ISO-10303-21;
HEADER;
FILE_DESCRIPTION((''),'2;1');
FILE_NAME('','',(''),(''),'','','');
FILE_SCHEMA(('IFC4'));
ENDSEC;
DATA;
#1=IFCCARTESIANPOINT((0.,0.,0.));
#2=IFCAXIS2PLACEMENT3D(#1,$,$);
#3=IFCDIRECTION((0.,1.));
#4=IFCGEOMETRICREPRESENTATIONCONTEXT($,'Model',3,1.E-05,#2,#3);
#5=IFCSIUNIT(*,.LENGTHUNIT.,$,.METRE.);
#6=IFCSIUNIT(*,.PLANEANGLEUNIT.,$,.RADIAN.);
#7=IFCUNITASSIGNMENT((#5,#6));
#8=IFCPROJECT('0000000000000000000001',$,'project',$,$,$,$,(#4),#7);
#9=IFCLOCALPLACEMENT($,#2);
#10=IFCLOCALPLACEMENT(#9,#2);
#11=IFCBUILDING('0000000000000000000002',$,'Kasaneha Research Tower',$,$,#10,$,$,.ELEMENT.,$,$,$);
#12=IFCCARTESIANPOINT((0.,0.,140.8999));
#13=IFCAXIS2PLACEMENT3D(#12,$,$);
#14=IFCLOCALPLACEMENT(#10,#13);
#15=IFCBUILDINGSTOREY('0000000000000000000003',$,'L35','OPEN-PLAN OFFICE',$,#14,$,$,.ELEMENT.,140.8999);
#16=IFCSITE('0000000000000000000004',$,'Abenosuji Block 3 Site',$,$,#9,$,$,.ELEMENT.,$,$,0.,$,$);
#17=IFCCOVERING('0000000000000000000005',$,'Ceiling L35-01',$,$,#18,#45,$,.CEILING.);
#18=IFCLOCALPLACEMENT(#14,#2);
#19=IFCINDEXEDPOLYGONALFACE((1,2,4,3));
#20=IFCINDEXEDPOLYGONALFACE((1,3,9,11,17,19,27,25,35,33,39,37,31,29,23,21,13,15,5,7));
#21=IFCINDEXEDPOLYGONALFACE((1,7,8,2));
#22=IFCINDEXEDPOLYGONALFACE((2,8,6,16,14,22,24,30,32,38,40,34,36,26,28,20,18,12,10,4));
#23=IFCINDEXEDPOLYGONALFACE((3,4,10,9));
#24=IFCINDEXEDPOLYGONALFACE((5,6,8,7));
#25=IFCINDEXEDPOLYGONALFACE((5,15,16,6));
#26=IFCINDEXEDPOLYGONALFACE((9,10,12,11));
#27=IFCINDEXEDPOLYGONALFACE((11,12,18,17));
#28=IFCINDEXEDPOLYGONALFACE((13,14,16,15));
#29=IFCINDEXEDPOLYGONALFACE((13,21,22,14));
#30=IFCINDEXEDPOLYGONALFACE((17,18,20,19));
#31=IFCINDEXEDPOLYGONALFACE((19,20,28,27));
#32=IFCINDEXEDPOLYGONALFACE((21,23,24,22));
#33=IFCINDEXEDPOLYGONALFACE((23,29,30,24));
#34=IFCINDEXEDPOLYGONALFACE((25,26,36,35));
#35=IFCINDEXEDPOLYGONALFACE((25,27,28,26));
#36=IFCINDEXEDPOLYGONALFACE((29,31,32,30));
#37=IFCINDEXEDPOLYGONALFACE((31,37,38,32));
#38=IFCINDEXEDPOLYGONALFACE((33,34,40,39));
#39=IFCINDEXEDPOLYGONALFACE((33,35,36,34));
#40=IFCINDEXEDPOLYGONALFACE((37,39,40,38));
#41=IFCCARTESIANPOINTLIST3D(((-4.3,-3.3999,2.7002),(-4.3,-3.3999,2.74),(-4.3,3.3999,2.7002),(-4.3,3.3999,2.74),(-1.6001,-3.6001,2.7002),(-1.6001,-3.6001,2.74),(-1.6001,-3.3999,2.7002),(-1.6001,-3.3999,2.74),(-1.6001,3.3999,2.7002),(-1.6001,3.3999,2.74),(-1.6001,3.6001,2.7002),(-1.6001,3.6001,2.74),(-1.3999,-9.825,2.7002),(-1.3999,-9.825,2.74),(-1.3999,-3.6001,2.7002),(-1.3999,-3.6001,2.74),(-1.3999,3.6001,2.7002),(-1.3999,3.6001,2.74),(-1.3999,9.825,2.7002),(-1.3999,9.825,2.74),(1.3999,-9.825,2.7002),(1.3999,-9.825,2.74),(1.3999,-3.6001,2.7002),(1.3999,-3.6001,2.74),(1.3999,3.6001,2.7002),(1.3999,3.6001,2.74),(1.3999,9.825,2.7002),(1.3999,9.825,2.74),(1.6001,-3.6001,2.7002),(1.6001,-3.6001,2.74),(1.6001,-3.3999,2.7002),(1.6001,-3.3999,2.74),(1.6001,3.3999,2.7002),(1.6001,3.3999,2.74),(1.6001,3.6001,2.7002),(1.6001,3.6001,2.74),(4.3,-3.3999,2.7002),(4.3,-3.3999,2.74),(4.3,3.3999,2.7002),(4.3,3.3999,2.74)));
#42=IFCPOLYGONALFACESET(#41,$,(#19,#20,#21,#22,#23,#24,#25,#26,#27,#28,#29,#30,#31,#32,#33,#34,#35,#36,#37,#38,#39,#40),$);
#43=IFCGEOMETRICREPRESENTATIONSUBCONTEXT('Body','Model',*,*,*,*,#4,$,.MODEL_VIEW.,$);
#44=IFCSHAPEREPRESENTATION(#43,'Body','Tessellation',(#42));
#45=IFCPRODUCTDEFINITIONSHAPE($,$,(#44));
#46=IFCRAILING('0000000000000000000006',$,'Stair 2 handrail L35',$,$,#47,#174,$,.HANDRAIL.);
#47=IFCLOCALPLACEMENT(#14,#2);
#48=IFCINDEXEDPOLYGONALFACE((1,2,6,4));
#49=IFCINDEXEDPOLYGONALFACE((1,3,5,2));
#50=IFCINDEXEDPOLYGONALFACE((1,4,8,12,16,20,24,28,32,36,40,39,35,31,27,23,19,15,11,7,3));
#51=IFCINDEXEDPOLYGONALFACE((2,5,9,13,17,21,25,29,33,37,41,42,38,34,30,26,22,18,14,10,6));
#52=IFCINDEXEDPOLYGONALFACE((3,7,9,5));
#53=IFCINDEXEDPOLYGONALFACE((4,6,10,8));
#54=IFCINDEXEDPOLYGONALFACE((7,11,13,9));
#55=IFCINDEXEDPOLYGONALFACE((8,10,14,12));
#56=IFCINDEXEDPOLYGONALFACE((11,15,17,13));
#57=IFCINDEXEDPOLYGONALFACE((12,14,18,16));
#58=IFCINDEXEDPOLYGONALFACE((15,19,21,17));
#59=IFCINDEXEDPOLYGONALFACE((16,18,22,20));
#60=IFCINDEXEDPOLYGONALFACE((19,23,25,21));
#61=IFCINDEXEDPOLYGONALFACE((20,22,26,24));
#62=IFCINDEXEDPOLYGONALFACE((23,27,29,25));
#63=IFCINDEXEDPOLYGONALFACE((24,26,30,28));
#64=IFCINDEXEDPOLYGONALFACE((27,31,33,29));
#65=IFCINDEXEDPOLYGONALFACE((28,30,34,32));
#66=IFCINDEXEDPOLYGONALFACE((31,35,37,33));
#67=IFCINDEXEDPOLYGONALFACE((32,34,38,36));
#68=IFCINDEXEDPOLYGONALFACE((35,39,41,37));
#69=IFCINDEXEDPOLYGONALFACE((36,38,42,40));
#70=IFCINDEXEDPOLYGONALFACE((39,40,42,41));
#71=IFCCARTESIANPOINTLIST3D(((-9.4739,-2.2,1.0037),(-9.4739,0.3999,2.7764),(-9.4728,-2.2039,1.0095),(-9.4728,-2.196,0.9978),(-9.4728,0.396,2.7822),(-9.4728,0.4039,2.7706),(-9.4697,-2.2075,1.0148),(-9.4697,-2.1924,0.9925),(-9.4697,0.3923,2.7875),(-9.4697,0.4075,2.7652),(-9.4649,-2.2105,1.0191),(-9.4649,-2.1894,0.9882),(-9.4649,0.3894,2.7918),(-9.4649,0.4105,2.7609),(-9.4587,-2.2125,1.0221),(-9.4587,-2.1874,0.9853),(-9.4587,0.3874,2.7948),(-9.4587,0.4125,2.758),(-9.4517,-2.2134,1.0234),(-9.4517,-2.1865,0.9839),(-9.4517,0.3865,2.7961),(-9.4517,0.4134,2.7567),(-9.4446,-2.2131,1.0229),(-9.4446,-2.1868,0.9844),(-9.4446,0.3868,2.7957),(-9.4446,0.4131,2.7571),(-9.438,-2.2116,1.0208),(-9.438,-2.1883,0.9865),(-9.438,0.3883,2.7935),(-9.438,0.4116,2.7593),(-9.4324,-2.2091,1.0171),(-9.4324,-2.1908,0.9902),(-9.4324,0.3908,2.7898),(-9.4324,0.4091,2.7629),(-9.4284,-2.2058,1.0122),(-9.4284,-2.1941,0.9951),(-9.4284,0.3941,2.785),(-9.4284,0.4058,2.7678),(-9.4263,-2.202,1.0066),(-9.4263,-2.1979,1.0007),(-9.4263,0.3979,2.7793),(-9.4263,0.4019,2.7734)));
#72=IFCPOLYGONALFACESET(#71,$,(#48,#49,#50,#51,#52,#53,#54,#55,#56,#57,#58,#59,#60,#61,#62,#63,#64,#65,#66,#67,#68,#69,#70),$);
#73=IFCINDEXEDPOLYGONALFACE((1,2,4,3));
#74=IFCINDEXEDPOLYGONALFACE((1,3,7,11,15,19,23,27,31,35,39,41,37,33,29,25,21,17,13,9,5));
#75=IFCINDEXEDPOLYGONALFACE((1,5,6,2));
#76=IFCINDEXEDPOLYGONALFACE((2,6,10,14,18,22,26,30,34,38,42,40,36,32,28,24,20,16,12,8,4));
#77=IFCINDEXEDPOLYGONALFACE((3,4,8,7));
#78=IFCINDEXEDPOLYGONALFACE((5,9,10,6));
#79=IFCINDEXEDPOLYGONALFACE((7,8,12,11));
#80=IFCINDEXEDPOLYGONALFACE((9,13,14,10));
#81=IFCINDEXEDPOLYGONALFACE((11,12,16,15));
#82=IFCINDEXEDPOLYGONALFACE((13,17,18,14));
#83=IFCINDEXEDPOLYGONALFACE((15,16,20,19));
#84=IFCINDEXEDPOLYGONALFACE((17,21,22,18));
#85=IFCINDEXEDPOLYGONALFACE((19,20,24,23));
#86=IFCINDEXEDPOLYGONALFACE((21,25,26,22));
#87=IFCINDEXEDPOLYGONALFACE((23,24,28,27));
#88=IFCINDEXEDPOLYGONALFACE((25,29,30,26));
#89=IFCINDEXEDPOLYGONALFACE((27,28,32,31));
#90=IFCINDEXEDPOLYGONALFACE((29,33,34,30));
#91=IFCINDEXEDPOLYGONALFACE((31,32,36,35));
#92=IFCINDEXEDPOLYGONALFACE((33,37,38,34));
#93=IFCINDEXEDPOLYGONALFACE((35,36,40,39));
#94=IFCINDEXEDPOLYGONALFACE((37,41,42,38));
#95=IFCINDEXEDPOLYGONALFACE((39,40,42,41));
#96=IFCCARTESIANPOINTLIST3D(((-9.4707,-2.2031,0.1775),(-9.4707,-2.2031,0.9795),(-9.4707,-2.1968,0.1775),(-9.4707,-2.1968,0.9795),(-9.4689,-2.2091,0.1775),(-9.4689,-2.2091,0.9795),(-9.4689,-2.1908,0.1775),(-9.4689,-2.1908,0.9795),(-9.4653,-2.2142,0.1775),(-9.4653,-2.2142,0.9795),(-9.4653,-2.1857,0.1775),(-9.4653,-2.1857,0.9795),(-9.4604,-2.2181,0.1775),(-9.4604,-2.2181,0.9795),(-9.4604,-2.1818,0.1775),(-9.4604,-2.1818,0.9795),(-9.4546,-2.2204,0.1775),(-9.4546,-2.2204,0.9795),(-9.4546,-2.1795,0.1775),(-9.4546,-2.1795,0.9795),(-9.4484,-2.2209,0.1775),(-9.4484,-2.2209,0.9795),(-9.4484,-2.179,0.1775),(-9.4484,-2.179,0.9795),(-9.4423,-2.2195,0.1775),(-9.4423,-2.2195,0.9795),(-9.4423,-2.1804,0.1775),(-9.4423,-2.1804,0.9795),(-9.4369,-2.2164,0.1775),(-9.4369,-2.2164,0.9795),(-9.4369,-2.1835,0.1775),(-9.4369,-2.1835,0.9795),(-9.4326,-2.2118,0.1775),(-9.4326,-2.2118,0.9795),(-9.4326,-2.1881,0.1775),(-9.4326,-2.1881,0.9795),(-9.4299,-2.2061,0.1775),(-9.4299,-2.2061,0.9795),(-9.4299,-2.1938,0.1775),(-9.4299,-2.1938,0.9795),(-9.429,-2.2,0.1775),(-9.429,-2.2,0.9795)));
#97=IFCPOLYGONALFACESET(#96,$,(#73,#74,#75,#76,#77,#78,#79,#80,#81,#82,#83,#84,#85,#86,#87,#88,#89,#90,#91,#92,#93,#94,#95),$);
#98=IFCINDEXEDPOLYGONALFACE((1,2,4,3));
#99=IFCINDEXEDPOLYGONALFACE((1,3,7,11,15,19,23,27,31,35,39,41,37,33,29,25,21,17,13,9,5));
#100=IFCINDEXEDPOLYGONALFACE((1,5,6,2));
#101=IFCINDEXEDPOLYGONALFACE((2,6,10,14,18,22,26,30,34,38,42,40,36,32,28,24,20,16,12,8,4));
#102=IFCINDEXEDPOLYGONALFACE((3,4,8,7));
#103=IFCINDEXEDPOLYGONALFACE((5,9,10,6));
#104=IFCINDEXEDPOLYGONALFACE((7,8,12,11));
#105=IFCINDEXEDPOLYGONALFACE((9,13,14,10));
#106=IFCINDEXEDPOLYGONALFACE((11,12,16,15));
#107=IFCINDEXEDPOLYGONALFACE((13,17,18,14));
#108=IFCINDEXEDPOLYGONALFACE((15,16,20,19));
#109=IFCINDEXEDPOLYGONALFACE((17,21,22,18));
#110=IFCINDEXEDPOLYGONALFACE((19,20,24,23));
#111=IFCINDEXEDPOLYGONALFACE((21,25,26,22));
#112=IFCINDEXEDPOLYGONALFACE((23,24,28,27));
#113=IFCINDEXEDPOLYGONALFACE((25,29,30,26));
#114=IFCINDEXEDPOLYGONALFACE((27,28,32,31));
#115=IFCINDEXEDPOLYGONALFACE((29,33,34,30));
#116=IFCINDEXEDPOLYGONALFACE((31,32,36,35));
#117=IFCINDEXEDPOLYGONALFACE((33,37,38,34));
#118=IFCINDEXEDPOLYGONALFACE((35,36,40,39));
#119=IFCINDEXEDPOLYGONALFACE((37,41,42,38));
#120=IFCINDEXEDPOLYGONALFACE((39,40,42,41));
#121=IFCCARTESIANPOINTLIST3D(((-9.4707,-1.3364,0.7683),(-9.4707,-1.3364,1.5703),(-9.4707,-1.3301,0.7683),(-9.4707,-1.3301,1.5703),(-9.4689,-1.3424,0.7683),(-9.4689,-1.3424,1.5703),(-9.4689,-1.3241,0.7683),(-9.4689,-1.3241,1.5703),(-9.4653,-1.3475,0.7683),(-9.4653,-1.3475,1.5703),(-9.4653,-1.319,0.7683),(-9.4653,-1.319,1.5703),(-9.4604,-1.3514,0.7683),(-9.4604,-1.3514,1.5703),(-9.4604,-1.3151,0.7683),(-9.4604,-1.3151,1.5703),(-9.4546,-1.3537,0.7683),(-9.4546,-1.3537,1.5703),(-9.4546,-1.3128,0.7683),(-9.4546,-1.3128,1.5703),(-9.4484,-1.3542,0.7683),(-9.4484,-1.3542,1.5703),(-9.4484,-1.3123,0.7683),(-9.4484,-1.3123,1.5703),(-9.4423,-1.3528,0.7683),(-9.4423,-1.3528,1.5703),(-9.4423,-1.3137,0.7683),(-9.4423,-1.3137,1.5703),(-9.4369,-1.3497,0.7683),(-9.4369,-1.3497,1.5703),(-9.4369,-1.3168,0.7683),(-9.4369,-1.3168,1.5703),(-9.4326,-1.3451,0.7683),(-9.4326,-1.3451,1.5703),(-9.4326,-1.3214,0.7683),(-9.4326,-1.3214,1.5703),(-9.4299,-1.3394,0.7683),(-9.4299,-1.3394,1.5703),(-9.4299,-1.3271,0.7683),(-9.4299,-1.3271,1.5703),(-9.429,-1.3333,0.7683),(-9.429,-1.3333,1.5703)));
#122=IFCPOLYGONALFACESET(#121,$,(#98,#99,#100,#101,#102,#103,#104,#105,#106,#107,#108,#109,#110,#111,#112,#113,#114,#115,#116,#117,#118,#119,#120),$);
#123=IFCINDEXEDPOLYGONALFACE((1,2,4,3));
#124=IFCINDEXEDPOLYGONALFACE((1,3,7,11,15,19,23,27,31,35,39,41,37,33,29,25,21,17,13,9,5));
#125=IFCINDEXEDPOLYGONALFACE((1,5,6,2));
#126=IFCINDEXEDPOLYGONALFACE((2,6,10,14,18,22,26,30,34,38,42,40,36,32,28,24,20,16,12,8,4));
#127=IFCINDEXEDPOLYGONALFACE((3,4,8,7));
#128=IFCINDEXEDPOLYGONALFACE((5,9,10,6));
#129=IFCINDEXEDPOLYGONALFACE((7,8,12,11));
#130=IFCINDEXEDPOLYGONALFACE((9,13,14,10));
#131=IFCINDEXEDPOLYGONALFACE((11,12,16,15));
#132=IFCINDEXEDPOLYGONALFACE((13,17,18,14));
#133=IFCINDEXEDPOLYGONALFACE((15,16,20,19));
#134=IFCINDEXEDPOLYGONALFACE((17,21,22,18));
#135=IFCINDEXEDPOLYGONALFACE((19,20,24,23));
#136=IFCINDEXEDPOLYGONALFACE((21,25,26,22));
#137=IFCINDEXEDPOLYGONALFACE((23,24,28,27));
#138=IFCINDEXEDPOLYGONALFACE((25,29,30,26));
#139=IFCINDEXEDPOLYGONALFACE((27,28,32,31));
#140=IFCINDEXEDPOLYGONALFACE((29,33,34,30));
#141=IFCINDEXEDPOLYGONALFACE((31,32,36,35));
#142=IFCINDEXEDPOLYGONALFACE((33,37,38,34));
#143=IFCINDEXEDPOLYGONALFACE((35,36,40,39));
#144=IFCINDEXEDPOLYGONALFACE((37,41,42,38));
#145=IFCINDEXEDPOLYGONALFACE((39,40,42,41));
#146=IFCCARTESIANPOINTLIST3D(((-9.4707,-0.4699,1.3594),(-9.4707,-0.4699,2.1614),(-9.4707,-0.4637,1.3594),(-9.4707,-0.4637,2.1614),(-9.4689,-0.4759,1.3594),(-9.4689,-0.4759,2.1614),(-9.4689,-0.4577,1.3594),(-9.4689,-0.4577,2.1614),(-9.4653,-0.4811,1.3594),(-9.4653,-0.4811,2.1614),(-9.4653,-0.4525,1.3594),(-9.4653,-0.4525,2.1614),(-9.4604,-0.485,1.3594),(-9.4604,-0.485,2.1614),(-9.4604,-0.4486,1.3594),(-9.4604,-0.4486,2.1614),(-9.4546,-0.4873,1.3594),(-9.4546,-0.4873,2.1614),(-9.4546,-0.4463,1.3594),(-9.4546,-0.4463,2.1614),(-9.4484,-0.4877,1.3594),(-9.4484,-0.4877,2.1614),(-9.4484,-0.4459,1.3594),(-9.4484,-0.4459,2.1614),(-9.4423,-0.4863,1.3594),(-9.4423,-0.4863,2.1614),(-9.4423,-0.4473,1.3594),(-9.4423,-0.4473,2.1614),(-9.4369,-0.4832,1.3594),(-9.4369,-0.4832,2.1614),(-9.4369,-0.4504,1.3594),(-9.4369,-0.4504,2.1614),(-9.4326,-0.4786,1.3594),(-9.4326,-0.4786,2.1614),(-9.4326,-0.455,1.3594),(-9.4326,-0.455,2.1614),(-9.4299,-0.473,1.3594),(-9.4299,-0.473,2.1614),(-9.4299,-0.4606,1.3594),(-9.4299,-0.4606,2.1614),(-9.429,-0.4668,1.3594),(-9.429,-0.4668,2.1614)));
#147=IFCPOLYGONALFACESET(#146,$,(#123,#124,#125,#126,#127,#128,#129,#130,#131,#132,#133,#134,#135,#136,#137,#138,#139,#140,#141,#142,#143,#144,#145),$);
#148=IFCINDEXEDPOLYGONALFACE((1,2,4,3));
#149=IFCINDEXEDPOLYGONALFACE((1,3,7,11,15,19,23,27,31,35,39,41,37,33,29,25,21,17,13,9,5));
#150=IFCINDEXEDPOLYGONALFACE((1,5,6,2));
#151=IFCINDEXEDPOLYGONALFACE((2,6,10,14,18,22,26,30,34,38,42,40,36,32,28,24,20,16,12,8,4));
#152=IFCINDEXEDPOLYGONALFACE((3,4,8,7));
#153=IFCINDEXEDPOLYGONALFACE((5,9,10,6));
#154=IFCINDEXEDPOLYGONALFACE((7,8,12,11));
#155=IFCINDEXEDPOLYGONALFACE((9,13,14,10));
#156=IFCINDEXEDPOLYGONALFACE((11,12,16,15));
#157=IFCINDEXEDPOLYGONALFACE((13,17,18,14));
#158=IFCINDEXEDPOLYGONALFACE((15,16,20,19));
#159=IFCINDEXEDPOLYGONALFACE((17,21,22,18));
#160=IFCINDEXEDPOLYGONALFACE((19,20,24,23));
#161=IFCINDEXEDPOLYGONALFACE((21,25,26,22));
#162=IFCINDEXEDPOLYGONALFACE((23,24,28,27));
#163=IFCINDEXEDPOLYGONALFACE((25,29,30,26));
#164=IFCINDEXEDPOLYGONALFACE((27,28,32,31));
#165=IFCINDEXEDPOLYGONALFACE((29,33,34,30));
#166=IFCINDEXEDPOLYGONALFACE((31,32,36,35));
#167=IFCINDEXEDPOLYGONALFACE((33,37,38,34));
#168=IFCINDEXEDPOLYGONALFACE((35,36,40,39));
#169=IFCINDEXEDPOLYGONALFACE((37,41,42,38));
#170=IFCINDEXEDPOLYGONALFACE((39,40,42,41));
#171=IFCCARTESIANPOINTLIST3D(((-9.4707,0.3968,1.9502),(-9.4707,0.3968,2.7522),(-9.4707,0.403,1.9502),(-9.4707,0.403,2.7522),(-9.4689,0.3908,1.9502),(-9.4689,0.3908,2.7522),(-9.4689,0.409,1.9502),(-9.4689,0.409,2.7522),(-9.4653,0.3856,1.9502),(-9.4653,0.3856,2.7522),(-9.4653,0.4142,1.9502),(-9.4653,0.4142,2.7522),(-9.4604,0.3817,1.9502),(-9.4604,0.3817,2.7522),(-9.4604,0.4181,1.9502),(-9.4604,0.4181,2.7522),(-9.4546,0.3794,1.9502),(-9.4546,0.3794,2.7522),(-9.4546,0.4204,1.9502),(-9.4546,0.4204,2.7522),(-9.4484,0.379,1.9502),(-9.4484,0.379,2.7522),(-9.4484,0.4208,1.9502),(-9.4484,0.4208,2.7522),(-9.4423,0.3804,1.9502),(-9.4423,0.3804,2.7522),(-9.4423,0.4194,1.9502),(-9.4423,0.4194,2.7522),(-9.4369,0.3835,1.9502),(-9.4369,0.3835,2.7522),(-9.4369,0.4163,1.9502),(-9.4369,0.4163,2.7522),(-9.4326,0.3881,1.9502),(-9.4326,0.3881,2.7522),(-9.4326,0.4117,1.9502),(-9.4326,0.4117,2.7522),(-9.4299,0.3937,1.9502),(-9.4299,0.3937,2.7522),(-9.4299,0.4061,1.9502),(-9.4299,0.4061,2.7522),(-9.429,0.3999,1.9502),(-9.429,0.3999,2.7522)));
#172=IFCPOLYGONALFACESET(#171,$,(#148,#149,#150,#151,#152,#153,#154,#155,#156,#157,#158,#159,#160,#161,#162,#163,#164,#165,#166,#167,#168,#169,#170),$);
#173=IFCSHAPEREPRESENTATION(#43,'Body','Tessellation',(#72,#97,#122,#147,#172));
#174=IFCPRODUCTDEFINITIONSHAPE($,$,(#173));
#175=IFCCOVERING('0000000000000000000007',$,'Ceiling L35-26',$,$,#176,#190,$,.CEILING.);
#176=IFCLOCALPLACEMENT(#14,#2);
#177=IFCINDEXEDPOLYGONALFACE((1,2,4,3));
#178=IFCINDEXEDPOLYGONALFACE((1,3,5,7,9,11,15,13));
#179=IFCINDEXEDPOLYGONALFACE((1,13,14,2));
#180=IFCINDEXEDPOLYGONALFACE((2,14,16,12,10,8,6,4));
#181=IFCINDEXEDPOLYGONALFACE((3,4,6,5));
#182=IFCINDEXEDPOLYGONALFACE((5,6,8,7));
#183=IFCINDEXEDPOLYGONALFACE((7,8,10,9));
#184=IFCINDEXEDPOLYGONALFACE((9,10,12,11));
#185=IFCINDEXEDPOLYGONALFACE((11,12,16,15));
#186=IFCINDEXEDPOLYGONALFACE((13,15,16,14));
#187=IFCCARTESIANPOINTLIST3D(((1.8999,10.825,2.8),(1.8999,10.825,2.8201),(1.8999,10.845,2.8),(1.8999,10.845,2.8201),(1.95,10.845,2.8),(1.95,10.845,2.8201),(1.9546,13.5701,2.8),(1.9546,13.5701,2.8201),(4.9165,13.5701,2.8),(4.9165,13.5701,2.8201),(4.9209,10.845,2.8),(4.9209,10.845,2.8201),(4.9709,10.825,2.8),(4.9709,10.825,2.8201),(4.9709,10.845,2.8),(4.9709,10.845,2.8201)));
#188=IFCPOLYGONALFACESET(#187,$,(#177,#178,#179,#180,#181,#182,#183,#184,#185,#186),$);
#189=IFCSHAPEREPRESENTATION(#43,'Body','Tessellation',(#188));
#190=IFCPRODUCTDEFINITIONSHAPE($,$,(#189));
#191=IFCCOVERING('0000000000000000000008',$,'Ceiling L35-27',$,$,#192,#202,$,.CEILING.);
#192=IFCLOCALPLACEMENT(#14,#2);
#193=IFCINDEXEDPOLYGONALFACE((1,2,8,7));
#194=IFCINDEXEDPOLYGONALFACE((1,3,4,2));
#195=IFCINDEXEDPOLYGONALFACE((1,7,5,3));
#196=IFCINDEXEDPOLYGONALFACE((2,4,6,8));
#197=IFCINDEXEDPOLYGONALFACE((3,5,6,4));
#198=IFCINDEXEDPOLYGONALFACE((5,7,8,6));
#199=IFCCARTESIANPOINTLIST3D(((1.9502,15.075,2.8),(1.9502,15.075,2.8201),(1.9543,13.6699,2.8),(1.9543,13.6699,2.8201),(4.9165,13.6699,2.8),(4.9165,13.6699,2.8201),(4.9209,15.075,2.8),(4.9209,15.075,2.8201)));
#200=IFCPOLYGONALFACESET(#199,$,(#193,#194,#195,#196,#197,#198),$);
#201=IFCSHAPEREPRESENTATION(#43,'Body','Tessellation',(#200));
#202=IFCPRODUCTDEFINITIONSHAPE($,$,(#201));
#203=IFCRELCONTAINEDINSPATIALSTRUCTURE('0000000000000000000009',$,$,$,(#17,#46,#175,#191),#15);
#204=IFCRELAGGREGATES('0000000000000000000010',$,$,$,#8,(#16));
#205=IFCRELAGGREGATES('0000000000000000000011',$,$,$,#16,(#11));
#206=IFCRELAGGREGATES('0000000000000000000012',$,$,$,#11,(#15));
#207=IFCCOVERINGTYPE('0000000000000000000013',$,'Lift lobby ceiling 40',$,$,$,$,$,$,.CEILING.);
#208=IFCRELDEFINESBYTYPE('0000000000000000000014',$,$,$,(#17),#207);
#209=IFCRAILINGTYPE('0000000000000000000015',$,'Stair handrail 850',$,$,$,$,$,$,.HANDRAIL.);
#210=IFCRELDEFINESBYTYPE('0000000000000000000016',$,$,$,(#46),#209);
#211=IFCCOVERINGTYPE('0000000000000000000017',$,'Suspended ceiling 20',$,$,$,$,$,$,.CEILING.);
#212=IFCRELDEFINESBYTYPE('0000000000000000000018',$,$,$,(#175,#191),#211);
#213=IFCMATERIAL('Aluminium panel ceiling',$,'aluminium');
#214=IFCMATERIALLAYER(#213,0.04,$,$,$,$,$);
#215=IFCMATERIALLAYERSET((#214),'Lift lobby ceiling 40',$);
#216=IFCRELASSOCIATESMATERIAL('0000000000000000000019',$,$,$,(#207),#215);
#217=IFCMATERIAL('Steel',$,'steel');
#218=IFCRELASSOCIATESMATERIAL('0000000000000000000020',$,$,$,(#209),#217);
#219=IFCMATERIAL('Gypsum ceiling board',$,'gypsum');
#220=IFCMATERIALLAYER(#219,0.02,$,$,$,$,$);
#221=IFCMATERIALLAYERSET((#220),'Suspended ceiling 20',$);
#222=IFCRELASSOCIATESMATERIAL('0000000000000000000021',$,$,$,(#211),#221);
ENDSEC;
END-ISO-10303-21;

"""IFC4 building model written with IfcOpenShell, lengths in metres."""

from ifc_helpers import new_model, si_unit, direction, frame, origin, origin_2d, place, context, subcontext, project, spatial, polyline, circle, outline, extrude, material, layer, layer_set, type_object, element, save


model = new_model("IFC4")

# Units and contexts
model_context = context("Model", 3, precision=1e-05, world=origin(), true_north=direction((0.0, 1.0)))
body_context = subcontext(model_context, "Body", "Model", "MODEL_VIEW")
ifc_project = project(units=[si_unit("LENGTHUNIT", "METRE"), si_unit("PLANEANGLEUNIT", "RADIAN")], contexts=[model_context])

# Site, building, storey
site_placement = place(None, origin())
site = spatial("IfcSite", under=ifc_project, at=site_placement, Name="Abenosuji Block 3 Site", CompositionType="ELEMENT", RefElevation=0.0)
building_placement = place(site_placement, origin())
building = spatial("IfcBuilding", under=site, at=building_placement, Name="Kasaneha Research Tower", CompositionType="ELEMENT")
storey_placement = place(building_placement, frame((0.0, 0.0, 140.8999)))
storey = spatial("IfcBuildingStorey", under=building, at=storey_placement, Name="L35", Description="OPEN-PLAN OFFICE", CompositionType="ELEMENT", Elevation=140.8999)

# Covering
ifc_material_1 = material(Name="Aluminium panel ceiling", Category="aluminium")
ifc_layer_1 = layer(ifc_material_1, 0.04)
ifc_layer_set_1 = layer_set([ifc_layer_1], Name="Lift lobby ceiling 40")
covering_type_1 = type_object("IfcCoveringType", Name="Lift lobby ceiling 40", PredefinedType="CEILING", material=ifc_layer_set_1)
covering_1_placement = place(storey_placement, frame((0.0, 0.0, 2.7002)))
element("IfcCovering", 1, at=covering_1_placement, inside=storey, type_object=covering_type_1, Name="Ceiling L35-01", PredefinedType="CEILING", context=body_context, shape_type="SweptSolid", body=[
    extrude(outline(polyline([(1.3999, 9.825), (1.3999, 3.6001), (1.6001, 3.6001), (1.6001, 3.3999), (4.3, 3.3999), (4.3, -3.3999), (1.6001, -3.3999), (1.6001, -3.6001), (1.3999, -3.6001), (1.3999, -9.825), (-1.3999, -9.825), (-1.3999, -3.6001), (-1.6001, -3.6001), (-1.6001, -3.3999), (-4.3, -3.3999), (-4.3, 3.3999), (-1.6001, 3.3999), (-1.6001, 3.6001), (-1.3999, 3.6001), (-1.3999, 9.825), (1.3999, 9.825)])), origin(), (0.0, 0.0, 1.0), 0.0398),
])

# Railing
ifc_material_2 = material(Name="Steel", Category="steel")
railing_type = type_object("IfcRailingType", Name="Stair handrail 850", PredefinedType="HANDRAIL", material=ifc_material_2)
railing_placement = place(storey_placement, frame((-9.45, -2.2, 0.1775)))
element("IfcRailing", 2, at=railing_placement, inside=storey, type_object=railing_type, Name="Stair 2 handrail L35", PredefinedType="HANDRAIL", context=body_context, shape_type="SweptSolid", body=[
    extrude(circle(Radius=0.0239, at=origin_2d()), frame((0.0, 0.0, 0.8262), z_axis=(0.0, 0.826216, 0.563354), x_axis=(-1.0, 0.0, 0.0)), (0.0, 0.0, 1.0), 3.1467),
    extrude(circle(Radius=0.021, at=origin_2d()), origin(), (0.0, 0.0, 1.0), 0.802),
    extrude(circle(Radius=0.021, at=origin_2d()), frame((0.0, 0.8667, 0.5908)), (0.0, 0.0, 1.0), 0.802),
    extrude(circle(Radius=0.021, at=origin_2d()), frame((0.0, 1.7332, 1.1819)), (0.0, 0.0, 1.0), 0.802),
    extrude(circle(Radius=0.021, at=origin_2d()), frame((0.0, 2.5999, 1.7727)), (0.0, 0.0, 1.0), 0.802),
])

# Coverings
ifc_material_3 = material(Name="Gypsum ceiling board", Category="gypsum")
ifc_layer_2 = layer(ifc_material_3, 0.02)
ifc_layer_set_2 = layer_set([ifc_layer_2], Name="Suspended ceiling 20")
covering_type_2 = type_object("IfcCoveringType", Name="Suspended ceiling 20", PredefinedType="CEILING", material=ifc_layer_set_2)
covering_2_placement = place(storey_placement, frame((0.0, 0.0, 2.8)))
element("IfcCovering", 3, at=covering_2_placement, inside=storey, type_object=covering_type_2, Name="Ceiling L35-26", PredefinedType="CEILING", context=body_context, shape_type="SweptSolid", body=[
    extrude(outline(polyline([(1.8999, 10.825), (1.8999, 10.845), (1.95, 10.845), (1.9546, 13.5701), (4.9165, 13.5701), (4.9209, 10.845), (4.9709, 10.845), (4.9709, 10.825), (1.8999, 10.825)])), origin(), (0.0, 0.0, 1.0), 0.02),
])
covering_3_placement = place(storey_placement, frame((0.0, 0.0, 2.8)))
element("IfcCovering", 4, at=covering_3_placement, inside=storey, type_object=covering_type_2, Name="Ceiling L35-27", PredefinedType="CEILING", context=body_context, shape_type="SweptSolid", body=[
    extrude(outline(polyline([(4.9165, 13.6699), (1.9543, 13.6699), (1.9502, 15.075), (4.9209, 15.075), (4.9165, 13.6699)])), origin(), (0.0, 0.0, 1.0), 0.02),
])

save(model, "model.ifc")
